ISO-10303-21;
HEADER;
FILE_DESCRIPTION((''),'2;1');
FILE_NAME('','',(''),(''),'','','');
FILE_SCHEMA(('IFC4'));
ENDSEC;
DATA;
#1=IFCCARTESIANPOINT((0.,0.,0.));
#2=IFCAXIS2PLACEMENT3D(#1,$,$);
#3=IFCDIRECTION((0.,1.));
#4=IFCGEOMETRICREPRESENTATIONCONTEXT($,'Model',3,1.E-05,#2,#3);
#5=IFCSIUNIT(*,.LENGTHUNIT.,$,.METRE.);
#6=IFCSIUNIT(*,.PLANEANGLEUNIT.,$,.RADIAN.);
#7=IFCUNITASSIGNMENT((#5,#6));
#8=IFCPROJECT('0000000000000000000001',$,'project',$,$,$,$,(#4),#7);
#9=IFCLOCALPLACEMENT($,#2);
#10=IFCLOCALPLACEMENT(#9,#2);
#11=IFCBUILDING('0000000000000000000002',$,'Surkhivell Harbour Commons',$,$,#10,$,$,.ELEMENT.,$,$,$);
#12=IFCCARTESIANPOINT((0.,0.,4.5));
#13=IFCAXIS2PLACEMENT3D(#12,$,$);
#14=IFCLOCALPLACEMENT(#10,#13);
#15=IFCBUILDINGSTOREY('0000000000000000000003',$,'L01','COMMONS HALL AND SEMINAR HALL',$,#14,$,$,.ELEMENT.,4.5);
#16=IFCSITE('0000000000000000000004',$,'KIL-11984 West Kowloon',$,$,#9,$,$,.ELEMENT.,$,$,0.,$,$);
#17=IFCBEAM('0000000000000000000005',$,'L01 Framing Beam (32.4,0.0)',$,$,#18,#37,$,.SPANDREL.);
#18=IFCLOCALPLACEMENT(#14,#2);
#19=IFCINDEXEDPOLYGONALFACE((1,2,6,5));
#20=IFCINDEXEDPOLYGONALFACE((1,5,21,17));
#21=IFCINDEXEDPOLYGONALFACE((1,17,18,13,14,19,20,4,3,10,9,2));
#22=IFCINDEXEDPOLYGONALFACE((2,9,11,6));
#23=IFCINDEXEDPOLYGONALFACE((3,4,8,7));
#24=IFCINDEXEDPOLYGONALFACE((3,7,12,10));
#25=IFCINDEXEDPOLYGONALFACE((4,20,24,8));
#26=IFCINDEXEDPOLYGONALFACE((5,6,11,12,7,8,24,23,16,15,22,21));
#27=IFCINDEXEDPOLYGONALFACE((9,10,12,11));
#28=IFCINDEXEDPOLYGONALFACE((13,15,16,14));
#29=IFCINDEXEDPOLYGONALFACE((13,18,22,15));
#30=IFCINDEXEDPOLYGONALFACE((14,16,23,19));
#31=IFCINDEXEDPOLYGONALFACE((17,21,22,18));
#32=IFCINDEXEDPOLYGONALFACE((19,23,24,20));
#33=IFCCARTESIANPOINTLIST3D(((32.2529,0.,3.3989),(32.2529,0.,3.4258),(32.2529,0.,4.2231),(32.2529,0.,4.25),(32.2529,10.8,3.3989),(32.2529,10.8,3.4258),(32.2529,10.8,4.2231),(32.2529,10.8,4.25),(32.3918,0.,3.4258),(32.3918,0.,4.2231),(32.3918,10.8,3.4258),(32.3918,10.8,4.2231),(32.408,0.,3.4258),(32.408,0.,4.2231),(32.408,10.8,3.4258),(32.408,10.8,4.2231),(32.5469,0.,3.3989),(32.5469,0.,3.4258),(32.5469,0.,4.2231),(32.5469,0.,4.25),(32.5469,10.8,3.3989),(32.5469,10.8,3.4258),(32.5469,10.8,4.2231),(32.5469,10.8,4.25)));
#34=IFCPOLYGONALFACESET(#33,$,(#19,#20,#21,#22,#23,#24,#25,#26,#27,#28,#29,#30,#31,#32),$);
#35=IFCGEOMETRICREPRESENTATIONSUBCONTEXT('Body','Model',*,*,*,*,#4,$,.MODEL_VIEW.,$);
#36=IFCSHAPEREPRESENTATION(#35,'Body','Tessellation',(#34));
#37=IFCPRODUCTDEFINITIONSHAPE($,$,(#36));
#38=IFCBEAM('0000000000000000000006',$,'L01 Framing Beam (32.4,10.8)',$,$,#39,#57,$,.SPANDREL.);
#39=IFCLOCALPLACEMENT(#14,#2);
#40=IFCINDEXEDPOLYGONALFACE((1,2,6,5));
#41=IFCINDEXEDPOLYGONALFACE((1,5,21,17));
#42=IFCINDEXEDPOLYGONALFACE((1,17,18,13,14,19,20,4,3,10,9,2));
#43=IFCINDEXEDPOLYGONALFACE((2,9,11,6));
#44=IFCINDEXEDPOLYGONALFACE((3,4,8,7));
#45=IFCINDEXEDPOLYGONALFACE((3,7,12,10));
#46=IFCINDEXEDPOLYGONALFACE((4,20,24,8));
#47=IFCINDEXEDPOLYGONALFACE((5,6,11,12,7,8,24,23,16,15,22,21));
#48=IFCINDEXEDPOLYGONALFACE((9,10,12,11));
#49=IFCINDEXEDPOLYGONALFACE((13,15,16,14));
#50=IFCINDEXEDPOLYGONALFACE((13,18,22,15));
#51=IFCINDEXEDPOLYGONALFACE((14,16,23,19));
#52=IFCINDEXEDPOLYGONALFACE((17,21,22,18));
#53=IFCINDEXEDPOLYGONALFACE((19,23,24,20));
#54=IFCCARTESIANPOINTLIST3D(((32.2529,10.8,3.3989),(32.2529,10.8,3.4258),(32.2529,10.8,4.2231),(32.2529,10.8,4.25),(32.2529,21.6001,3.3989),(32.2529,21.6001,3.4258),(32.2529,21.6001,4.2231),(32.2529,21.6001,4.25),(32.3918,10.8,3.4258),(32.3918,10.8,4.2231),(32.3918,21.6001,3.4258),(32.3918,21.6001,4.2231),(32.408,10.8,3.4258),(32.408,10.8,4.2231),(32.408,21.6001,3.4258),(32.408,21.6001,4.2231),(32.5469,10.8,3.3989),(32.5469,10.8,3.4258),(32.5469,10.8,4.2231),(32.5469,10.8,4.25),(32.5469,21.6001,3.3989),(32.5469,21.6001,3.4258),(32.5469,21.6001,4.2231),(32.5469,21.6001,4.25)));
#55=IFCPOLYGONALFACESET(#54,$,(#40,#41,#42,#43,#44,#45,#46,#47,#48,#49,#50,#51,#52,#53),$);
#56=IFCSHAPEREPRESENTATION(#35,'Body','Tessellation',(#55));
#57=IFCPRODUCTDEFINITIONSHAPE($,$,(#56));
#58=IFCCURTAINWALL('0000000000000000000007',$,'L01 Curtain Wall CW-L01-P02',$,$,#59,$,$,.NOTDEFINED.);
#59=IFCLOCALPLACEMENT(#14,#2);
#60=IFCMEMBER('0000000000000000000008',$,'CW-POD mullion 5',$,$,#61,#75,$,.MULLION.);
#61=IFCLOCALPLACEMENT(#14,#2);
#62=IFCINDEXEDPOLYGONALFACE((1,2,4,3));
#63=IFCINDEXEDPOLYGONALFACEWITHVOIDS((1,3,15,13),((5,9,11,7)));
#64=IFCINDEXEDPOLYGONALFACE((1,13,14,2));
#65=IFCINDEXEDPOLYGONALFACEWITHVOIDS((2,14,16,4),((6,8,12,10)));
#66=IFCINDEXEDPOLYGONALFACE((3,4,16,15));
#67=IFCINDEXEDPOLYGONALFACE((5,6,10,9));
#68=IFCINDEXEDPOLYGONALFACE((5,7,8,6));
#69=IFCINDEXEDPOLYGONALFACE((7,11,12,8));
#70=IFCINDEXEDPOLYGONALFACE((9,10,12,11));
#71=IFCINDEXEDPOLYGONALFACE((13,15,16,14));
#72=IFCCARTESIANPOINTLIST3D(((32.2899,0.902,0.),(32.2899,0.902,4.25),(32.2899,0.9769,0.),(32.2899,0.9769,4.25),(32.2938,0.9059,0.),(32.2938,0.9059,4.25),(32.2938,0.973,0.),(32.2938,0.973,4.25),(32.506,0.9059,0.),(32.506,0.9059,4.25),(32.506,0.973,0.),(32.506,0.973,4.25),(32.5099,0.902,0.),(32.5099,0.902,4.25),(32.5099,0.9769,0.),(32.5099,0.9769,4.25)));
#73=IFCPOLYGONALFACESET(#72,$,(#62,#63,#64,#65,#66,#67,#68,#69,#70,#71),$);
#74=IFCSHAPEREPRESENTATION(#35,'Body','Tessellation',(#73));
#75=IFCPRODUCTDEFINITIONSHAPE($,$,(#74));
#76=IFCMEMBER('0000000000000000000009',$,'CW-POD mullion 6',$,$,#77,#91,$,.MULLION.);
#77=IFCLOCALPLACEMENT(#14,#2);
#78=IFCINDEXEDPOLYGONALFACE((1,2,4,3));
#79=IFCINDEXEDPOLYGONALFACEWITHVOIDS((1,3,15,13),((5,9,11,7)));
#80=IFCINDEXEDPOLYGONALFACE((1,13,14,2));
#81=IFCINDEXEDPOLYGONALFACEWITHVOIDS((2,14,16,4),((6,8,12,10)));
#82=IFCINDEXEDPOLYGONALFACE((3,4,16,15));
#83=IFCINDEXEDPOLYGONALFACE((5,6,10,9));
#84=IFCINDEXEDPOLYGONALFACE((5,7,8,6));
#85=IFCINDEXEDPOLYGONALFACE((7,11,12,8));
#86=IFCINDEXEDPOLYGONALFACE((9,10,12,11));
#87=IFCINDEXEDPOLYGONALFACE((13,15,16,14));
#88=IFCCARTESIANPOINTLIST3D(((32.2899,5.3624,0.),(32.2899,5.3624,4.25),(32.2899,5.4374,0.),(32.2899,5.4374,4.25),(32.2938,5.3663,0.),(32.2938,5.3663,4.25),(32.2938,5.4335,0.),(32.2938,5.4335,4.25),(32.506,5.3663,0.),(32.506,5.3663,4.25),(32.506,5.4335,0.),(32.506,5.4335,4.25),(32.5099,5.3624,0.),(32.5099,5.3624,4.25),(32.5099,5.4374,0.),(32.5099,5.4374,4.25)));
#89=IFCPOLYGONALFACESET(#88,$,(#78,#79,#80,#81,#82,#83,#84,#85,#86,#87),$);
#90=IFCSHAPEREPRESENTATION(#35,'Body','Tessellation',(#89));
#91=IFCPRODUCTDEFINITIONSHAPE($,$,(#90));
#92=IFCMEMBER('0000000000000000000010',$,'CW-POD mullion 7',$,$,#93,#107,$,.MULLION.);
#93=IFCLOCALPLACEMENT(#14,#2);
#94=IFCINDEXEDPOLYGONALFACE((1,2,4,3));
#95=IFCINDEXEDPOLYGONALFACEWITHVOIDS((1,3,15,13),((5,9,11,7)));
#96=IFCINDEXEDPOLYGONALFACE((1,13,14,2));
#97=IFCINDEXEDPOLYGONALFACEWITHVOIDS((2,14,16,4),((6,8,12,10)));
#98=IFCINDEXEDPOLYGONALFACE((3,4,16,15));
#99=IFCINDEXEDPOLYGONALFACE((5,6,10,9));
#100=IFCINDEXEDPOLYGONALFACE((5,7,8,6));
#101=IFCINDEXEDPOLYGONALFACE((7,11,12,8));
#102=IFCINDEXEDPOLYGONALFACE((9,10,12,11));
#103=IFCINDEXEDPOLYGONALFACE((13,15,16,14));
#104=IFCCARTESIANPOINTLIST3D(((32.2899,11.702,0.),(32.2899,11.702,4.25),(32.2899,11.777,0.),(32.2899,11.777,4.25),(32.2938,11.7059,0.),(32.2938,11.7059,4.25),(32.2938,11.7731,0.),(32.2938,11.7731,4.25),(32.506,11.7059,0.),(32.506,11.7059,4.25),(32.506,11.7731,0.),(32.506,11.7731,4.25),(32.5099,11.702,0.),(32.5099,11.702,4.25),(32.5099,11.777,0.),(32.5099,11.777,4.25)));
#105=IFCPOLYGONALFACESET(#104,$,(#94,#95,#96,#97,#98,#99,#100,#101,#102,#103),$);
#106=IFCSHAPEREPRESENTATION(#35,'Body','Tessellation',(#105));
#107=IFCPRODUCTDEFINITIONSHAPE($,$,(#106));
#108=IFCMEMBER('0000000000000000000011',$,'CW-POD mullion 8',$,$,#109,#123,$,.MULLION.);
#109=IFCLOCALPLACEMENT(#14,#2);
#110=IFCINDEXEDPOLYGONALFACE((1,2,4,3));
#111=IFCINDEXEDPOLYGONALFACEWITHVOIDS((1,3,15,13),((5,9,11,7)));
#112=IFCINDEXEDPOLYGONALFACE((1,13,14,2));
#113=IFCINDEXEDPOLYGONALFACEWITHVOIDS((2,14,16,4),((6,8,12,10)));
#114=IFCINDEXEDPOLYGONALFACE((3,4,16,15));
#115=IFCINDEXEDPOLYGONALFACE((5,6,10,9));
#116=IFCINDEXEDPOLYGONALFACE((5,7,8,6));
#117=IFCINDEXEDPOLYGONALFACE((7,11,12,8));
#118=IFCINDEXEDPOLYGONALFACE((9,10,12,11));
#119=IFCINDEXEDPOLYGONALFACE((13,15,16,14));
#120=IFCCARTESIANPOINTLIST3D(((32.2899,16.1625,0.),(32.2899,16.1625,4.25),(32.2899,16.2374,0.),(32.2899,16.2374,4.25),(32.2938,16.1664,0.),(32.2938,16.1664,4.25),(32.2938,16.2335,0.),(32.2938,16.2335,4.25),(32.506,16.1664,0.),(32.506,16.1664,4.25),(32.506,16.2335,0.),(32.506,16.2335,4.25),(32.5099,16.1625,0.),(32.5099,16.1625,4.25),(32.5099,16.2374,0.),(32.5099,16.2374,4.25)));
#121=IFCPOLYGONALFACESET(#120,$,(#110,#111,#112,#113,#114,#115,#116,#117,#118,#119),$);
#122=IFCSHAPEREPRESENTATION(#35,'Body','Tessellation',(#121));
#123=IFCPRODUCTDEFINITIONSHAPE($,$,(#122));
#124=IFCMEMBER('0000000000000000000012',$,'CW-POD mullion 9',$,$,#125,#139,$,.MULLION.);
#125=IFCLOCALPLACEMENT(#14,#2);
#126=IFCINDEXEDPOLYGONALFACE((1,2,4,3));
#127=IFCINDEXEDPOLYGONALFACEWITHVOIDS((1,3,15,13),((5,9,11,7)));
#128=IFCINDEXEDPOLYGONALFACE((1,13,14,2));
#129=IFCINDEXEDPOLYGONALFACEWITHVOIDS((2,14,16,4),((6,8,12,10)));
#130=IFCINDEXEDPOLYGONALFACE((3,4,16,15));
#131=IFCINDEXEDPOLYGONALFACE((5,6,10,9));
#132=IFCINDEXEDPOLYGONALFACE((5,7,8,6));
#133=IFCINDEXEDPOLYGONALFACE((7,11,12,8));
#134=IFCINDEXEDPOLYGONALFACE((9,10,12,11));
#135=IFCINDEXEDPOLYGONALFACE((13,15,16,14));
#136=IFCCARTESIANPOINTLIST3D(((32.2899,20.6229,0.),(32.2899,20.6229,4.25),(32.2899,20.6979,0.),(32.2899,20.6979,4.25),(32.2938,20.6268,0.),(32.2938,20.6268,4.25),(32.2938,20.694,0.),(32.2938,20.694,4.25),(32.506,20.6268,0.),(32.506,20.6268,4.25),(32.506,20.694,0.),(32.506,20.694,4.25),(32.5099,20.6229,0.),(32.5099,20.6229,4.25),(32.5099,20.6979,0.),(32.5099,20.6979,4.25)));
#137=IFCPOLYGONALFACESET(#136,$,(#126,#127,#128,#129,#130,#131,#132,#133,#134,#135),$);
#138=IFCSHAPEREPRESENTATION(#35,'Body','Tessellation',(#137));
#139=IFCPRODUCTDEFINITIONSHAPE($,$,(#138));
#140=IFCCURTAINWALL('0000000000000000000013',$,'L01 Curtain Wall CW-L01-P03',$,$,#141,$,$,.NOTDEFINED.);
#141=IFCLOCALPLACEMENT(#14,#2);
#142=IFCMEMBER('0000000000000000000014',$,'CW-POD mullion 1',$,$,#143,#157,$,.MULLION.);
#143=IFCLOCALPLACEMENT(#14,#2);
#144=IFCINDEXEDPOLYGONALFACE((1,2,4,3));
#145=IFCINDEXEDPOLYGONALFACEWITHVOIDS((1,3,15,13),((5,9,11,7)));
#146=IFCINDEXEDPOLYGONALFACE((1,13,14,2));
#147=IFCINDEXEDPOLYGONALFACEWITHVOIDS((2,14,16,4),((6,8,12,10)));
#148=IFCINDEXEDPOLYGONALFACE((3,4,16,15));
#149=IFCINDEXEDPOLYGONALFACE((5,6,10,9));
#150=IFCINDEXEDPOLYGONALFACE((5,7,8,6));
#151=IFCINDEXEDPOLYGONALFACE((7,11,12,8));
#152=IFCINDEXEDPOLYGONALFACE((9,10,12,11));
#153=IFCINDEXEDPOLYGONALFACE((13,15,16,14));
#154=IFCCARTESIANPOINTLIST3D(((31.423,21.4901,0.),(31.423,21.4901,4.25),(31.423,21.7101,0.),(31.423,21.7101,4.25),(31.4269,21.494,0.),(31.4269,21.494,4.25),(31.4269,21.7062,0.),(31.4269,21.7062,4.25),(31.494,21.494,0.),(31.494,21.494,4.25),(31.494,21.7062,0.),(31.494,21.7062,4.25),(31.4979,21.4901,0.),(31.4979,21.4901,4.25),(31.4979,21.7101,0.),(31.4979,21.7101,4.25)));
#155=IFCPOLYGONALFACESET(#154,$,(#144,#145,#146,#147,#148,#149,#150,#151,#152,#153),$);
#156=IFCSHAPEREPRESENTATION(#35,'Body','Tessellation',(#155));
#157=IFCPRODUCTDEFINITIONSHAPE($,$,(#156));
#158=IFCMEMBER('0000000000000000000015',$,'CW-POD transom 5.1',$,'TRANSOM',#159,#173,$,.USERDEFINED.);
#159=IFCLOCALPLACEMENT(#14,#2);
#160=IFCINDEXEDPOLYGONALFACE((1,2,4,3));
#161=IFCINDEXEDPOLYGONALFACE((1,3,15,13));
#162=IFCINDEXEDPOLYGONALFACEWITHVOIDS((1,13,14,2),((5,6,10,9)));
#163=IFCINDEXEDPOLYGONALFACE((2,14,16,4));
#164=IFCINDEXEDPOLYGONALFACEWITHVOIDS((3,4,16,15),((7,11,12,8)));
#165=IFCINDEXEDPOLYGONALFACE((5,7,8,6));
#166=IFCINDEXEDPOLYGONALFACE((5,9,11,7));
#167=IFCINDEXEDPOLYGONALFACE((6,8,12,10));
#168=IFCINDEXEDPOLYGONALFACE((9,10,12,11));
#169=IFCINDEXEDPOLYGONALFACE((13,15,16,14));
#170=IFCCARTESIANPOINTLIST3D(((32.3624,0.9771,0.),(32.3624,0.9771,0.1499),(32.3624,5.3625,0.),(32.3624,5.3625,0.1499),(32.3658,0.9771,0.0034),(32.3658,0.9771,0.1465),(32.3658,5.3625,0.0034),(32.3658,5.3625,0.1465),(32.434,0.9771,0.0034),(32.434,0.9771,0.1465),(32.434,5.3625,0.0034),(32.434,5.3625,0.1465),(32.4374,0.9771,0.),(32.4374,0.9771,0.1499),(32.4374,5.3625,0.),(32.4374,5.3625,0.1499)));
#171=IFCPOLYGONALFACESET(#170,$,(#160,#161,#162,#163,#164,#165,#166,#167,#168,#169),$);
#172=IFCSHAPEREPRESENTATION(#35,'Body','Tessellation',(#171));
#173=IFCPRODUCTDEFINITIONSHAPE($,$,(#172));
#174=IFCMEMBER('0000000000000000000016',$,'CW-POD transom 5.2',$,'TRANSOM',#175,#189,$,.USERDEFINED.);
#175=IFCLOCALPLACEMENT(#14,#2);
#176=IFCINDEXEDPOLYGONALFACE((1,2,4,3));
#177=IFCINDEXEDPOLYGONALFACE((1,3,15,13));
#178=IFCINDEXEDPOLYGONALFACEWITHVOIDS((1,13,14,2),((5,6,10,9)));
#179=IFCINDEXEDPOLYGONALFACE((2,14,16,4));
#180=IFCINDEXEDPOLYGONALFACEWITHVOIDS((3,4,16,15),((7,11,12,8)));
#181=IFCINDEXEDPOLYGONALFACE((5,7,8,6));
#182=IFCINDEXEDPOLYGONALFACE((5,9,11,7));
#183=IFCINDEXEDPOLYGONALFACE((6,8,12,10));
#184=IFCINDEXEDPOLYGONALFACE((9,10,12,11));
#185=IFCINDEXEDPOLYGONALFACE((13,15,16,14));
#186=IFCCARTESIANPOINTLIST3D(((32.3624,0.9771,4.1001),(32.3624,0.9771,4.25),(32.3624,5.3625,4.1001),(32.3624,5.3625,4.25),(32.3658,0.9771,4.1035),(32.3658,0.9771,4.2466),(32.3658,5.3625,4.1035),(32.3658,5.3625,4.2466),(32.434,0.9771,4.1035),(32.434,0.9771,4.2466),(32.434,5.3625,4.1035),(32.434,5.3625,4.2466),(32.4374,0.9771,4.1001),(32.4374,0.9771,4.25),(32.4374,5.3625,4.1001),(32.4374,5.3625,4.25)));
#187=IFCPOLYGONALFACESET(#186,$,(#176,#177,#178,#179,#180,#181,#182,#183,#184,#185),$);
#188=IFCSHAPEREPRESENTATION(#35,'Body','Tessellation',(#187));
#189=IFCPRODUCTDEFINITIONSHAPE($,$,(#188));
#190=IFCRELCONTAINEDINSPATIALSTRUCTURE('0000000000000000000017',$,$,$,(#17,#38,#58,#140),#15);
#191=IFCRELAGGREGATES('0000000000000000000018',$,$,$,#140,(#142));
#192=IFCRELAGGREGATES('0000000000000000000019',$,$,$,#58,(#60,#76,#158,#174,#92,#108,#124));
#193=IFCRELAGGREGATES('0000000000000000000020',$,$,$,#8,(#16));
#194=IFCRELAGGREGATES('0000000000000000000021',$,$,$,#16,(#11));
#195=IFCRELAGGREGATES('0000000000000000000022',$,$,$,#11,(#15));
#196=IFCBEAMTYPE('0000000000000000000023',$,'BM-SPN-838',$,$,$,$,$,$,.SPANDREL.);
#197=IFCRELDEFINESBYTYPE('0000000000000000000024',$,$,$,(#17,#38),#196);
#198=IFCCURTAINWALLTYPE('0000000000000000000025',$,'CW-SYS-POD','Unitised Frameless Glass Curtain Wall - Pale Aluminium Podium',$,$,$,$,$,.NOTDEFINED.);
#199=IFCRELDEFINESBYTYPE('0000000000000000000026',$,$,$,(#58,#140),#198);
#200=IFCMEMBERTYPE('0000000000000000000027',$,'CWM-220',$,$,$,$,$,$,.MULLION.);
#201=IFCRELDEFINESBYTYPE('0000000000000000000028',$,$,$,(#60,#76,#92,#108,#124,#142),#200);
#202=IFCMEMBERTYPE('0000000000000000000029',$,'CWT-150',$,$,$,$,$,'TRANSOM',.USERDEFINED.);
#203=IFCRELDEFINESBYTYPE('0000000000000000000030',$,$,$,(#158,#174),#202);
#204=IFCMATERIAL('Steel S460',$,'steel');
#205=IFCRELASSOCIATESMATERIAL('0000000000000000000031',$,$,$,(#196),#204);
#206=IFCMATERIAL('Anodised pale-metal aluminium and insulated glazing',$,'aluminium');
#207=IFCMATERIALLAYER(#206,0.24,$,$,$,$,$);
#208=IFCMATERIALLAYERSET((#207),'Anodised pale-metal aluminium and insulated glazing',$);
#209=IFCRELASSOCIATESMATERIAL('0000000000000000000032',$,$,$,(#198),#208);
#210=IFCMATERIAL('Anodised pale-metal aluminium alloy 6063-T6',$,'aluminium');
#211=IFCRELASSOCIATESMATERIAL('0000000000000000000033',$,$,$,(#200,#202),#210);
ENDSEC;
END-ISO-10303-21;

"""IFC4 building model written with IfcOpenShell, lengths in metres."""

from ifc_helpers import new_model, si_unit, direction, frame, origin, origin_2d, place, context, subcontext, project, spatial, hollow_rectangle, i_section, extrude, material, layer, layer_set, material_profile, profile_set, type_object, element, aggregate, save


model = new_model("IFC4")

# Units and contexts
model_context = context("Model", 3, precision=1e-05, world=origin(), true_north=direction((0.0, 1.0)))
body_context = subcontext(model_context, "Body", "Model", "MODEL_VIEW")
ifc_project = project(units=[si_unit("LENGTHUNIT", "METRE"), si_unit("PLANEANGLEUNIT", "RADIAN")], contexts=[model_context])

# Site, building, storey
site_placement = place(None, origin())
site = spatial("IfcSite", under=ifc_project, at=site_placement, Name="KIL-11984 West Kowloon", CompositionType="ELEMENT", RefElevation=0.0)
building_placement = place(site_placement, origin())
building = spatial("IfcBuilding", under=site, at=building_placement, Name="Surkhivell Harbour Commons", CompositionType="ELEMENT")
storey_placement = place(building_placement, frame((0.0, 0.0, 4.5)))
storey = spatial("IfcBuildingStorey", under=building, at=storey_placement, Name="L01", Description="COMMONS HALL AND SEMINAR HALL", CompositionType="ELEMENT", Elevation=4.5)

# Beams
ifc_material_1 = material(Name="Steel S460", Category="steel")
ifc_material_profile_1 = material_profile(ifc_material_1, i_section(OverallWidth=0.2939, OverallDepth=0.8511, WebThickness=0.0161, FlangeThickness=0.0269, at=origin_2d()), Name="UB838x292x226")
ifc_profile_set_1 = profile_set([ifc_material_profile_1], Name="Steel S460")
beam_type = type_object("IfcBeamType", Name="BM-SPN-838", PredefinedType="SPANDREL", material=ifc_profile_set_1)
for number, where, z_axis, x_axis, name in (
    (1, (32.3999, 0.0, 3.8245), (0.0, 1.0, 0.0), (-1.0, 0.0, 0.0), "L01 Framing Beam (32.4,0.0)"),
    (2, (32.3999, 10.8, 3.8245), (0.0, 1.0, 0.0), (-1.0, 0.0, 0.0), "L01 Framing Beam (32.4,10.8)"),
):
    element("IfcBeam", number, at=place(storey_placement, frame(where, z_axis=z_axis, x_axis=x_axis)), inside=storey, type_object=beam_type, Name=name, PredefinedType="SPANDREL", context=body_context, shape_type="SweptSolid", body=[
        extrude(i_section(OverallWidth=0.2939, OverallDepth=0.8511, WebThickness=0.0161, FlangeThickness=0.0269, at=origin_2d()), origin(), (0.0, 0.0, 1.0), 10.8),
    ])

# Curtain wall, members
ifc_material_2 = material(Name="Anodised pale-metal aluminium and insulated glazing", Category="aluminium")
ifc_layer_1 = layer(ifc_material_2, 0.24)
ifc_layer_set_1 = layer_set([ifc_layer_1], Name="Anodised pale-metal aluminium and insulated glazing")
curtain_wall_type = type_object("IfcCurtainWallType", Name="CW-SYS-POD", Description="Unitised Frameless Glass Curtain Wall - Pale Aluminium Podium", PredefinedType="NOTDEFINED", material=ifc_layer_set_1)
curtain_wall_1_placement = place(storey_placement, origin())
curtain_wall_1 = element("IfcCurtainWall", 3, at=curtain_wall_1_placement, inside=storey, type_object=curtain_wall_type, Name="L01 Curtain Wall CW-L01-P02", PredefinedType="NOTDEFINED")
ifc_material_3 = material(Name="Anodised pale-metal aluminium alloy 6063-T6", Category="aluminium")
ifc_material_profile_2 = material_profile(ifc_material_3, hollow_rectangle(XDim=0.075, YDim=0.22, WallThickness=0.0039, at=origin_2d()), Name="ALU-MULL-75x220")
ifc_profile_set_2 = profile_set([ifc_material_profile_2], Name="Anodised pale-metal aluminium alloy 6063-T6")
member_type_1 = type_object("IfcMemberType", Name="CWM-220", PredefinedType="MULLION", material=ifc_profile_set_2)
member_1_placement = place(storey_placement, frame((32.3999, 0.9395, 0.0), z_axis=(0.0, 0.0, 1.0), x_axis=(0.0, 1.0, 0.0)))
member_1 = element("IfcMember", 4, at=member_1_placement, type_object=member_type_1, Name="CW-POD mullion 5", PredefinedType="MULLION", context=body_context, shape_type="SweptSolid", body=[
    extrude(hollow_rectangle(XDim=0.075, YDim=0.22, WallThickness=0.0039, at=origin_2d()), origin(), (0.0, 0.0, 1.0), 4.25),
])
member_2_placement = place(storey_placement, frame((32.3999, 5.3999, 0.0), z_axis=(0.0, 0.0, 1.0), x_axis=(0.0, 1.0, 0.0)))
member_2 = element("IfcMember", 5, at=member_2_placement, type_object=member_type_1, Name="CW-POD mullion 6", PredefinedType="MULLION", context=body_context, shape_type="SweptSolid", body=[
    extrude(hollow_rectangle(XDim=0.075, YDim=0.22, WallThickness=0.0039, at=origin_2d()), origin(), (0.0, 0.0, 1.0), 4.25),
])
member_3_placement = place(storey_placement, frame((32.3999, 11.7395, 0.0), z_axis=(0.0, 0.0, 1.0), x_axis=(0.0, 1.0, 0.0)))
member_3 = element("IfcMember", 6, at=member_3_placement, type_object=member_type_1, Name="CW-POD mullion 7", PredefinedType="MULLION", context=body_context, shape_type="SweptSolid", body=[
    extrude(hollow_rectangle(XDim=0.075, YDim=0.22, WallThickness=0.0039, at=origin_2d()), origin(), (0.0, 0.0, 1.0), 4.25),
])
member_4_placement = place(storey_placement, frame((32.3999, 16.2, 0.0), z_axis=(0.0, 0.0, 1.0), x_axis=(0.0, 1.0, 0.0)))
member_4 = element("IfcMember", 7, at=member_4_placement, type_object=member_type_1, Name="CW-POD mullion 8", PredefinedType="MULLION", context=body_context, shape_type="SweptSolid", body=[
    extrude(hollow_rectangle(XDim=0.075, YDim=0.22, WallThickness=0.0039, at=origin_2d()), origin(), (0.0, 0.0, 1.0), 4.25),
])
member_5_placement = place(storey_placement, frame((32.3999, 20.6604, 0.0), z_axis=(0.0, 0.0, 1.0), x_axis=(0.0, 1.0, 0.0)))
member_5 = element("IfcMember", 8, at=member_5_placement, type_object=member_type_1, Name="CW-POD mullion 9", PredefinedType="MULLION", context=body_context, shape_type="SweptSolid", body=[
    extrude(hollow_rectangle(XDim=0.075, YDim=0.22, WallThickness=0.0039, at=origin_2d()), origin(), (0.0, 0.0, 1.0), 4.25),
])

# Curtain wall, member
curtain_wall_2_placement = place(storey_placement, origin())
curtain_wall_2 = element("IfcCurtainWall", 9, at=curtain_wall_2_placement, inside=storey, type_object=curtain_wall_type, Name="L01 Curtain Wall CW-L01-P03", PredefinedType="NOTDEFINED")
member_6_placement = place(storey_placement, frame((31.4604, 21.6001, 0.0), z_axis=(0.0, 0.0, 1.0), x_axis=(-1.0, 0.0, 0.0)))
member_6 = element("IfcMember", 10, at=member_6_placement, type_object=member_type_1, Name="CW-POD mullion 1", PredefinedType="MULLION", context=body_context, shape_type="SweptSolid", body=[
    extrude(hollow_rectangle(XDim=0.075, YDim=0.22, WallThickness=0.0039, at=origin_2d()), origin(), (0.0, 0.0, 1.0), 4.25),
])
aggregate(curtain_wall_2, [member_6])

# Members
ifc_material_profile_3 = material_profile(ifc_material_3, hollow_rectangle(XDim=0.075, YDim=0.1499, WallThickness=0.0034, at=origin_2d()), Name="ALU-TRAN-75x150")
ifc_profile_set_3 = profile_set([ifc_material_profile_3], Name="Anodised pale-metal aluminium alloy 6063-T6")
member_type_2 = type_object("IfcMemberType", Name="CWT-150", ElementType="TRANSOM", PredefinedType="USERDEFINED", material=ifc_profile_set_3)
member_7_placement = place(storey_placement, frame((32.3999, 0.9771, 0.075), z_axis=(0.0, 1.0, 0.0), x_axis=(-1.0, 0.0, 0.0)))
member_7 = element("IfcMember", 11, at=member_7_placement, type_object=member_type_2, Name="CW-POD transom 5.1", ObjectType="TRANSOM", PredefinedType="USERDEFINED", context=body_context, shape_type="SweptSolid", body=[
    extrude(hollow_rectangle(XDim=0.075, YDim=0.1499, WallThickness=0.0034, at=origin_2d()), origin(), (0.0, 0.0, 1.0), 4.3855),
])
member_8_placement = place(storey_placement, frame((32.3999, 0.9771, 4.175), z_axis=(0.0, 1.0, 0.0), x_axis=(-1.0, 0.0, 0.0)))
member_8 = element("IfcMember", 12, at=member_8_placement, type_object=member_type_2, Name="CW-POD transom 5.2", ObjectType="TRANSOM", PredefinedType="USERDEFINED", context=body_context, shape_type="SweptSolid", body=[
    extrude(hollow_rectangle(XDim=0.075, YDim=0.1499, WallThickness=0.0034, at=origin_2d()), origin(), (0.0, 0.0, 1.0), 4.3855),
])

aggregate(curtain_wall_1, [member_1, member_2, member_7, member_8, member_3, member_4, member_5])

save(model, "model.ifc")
